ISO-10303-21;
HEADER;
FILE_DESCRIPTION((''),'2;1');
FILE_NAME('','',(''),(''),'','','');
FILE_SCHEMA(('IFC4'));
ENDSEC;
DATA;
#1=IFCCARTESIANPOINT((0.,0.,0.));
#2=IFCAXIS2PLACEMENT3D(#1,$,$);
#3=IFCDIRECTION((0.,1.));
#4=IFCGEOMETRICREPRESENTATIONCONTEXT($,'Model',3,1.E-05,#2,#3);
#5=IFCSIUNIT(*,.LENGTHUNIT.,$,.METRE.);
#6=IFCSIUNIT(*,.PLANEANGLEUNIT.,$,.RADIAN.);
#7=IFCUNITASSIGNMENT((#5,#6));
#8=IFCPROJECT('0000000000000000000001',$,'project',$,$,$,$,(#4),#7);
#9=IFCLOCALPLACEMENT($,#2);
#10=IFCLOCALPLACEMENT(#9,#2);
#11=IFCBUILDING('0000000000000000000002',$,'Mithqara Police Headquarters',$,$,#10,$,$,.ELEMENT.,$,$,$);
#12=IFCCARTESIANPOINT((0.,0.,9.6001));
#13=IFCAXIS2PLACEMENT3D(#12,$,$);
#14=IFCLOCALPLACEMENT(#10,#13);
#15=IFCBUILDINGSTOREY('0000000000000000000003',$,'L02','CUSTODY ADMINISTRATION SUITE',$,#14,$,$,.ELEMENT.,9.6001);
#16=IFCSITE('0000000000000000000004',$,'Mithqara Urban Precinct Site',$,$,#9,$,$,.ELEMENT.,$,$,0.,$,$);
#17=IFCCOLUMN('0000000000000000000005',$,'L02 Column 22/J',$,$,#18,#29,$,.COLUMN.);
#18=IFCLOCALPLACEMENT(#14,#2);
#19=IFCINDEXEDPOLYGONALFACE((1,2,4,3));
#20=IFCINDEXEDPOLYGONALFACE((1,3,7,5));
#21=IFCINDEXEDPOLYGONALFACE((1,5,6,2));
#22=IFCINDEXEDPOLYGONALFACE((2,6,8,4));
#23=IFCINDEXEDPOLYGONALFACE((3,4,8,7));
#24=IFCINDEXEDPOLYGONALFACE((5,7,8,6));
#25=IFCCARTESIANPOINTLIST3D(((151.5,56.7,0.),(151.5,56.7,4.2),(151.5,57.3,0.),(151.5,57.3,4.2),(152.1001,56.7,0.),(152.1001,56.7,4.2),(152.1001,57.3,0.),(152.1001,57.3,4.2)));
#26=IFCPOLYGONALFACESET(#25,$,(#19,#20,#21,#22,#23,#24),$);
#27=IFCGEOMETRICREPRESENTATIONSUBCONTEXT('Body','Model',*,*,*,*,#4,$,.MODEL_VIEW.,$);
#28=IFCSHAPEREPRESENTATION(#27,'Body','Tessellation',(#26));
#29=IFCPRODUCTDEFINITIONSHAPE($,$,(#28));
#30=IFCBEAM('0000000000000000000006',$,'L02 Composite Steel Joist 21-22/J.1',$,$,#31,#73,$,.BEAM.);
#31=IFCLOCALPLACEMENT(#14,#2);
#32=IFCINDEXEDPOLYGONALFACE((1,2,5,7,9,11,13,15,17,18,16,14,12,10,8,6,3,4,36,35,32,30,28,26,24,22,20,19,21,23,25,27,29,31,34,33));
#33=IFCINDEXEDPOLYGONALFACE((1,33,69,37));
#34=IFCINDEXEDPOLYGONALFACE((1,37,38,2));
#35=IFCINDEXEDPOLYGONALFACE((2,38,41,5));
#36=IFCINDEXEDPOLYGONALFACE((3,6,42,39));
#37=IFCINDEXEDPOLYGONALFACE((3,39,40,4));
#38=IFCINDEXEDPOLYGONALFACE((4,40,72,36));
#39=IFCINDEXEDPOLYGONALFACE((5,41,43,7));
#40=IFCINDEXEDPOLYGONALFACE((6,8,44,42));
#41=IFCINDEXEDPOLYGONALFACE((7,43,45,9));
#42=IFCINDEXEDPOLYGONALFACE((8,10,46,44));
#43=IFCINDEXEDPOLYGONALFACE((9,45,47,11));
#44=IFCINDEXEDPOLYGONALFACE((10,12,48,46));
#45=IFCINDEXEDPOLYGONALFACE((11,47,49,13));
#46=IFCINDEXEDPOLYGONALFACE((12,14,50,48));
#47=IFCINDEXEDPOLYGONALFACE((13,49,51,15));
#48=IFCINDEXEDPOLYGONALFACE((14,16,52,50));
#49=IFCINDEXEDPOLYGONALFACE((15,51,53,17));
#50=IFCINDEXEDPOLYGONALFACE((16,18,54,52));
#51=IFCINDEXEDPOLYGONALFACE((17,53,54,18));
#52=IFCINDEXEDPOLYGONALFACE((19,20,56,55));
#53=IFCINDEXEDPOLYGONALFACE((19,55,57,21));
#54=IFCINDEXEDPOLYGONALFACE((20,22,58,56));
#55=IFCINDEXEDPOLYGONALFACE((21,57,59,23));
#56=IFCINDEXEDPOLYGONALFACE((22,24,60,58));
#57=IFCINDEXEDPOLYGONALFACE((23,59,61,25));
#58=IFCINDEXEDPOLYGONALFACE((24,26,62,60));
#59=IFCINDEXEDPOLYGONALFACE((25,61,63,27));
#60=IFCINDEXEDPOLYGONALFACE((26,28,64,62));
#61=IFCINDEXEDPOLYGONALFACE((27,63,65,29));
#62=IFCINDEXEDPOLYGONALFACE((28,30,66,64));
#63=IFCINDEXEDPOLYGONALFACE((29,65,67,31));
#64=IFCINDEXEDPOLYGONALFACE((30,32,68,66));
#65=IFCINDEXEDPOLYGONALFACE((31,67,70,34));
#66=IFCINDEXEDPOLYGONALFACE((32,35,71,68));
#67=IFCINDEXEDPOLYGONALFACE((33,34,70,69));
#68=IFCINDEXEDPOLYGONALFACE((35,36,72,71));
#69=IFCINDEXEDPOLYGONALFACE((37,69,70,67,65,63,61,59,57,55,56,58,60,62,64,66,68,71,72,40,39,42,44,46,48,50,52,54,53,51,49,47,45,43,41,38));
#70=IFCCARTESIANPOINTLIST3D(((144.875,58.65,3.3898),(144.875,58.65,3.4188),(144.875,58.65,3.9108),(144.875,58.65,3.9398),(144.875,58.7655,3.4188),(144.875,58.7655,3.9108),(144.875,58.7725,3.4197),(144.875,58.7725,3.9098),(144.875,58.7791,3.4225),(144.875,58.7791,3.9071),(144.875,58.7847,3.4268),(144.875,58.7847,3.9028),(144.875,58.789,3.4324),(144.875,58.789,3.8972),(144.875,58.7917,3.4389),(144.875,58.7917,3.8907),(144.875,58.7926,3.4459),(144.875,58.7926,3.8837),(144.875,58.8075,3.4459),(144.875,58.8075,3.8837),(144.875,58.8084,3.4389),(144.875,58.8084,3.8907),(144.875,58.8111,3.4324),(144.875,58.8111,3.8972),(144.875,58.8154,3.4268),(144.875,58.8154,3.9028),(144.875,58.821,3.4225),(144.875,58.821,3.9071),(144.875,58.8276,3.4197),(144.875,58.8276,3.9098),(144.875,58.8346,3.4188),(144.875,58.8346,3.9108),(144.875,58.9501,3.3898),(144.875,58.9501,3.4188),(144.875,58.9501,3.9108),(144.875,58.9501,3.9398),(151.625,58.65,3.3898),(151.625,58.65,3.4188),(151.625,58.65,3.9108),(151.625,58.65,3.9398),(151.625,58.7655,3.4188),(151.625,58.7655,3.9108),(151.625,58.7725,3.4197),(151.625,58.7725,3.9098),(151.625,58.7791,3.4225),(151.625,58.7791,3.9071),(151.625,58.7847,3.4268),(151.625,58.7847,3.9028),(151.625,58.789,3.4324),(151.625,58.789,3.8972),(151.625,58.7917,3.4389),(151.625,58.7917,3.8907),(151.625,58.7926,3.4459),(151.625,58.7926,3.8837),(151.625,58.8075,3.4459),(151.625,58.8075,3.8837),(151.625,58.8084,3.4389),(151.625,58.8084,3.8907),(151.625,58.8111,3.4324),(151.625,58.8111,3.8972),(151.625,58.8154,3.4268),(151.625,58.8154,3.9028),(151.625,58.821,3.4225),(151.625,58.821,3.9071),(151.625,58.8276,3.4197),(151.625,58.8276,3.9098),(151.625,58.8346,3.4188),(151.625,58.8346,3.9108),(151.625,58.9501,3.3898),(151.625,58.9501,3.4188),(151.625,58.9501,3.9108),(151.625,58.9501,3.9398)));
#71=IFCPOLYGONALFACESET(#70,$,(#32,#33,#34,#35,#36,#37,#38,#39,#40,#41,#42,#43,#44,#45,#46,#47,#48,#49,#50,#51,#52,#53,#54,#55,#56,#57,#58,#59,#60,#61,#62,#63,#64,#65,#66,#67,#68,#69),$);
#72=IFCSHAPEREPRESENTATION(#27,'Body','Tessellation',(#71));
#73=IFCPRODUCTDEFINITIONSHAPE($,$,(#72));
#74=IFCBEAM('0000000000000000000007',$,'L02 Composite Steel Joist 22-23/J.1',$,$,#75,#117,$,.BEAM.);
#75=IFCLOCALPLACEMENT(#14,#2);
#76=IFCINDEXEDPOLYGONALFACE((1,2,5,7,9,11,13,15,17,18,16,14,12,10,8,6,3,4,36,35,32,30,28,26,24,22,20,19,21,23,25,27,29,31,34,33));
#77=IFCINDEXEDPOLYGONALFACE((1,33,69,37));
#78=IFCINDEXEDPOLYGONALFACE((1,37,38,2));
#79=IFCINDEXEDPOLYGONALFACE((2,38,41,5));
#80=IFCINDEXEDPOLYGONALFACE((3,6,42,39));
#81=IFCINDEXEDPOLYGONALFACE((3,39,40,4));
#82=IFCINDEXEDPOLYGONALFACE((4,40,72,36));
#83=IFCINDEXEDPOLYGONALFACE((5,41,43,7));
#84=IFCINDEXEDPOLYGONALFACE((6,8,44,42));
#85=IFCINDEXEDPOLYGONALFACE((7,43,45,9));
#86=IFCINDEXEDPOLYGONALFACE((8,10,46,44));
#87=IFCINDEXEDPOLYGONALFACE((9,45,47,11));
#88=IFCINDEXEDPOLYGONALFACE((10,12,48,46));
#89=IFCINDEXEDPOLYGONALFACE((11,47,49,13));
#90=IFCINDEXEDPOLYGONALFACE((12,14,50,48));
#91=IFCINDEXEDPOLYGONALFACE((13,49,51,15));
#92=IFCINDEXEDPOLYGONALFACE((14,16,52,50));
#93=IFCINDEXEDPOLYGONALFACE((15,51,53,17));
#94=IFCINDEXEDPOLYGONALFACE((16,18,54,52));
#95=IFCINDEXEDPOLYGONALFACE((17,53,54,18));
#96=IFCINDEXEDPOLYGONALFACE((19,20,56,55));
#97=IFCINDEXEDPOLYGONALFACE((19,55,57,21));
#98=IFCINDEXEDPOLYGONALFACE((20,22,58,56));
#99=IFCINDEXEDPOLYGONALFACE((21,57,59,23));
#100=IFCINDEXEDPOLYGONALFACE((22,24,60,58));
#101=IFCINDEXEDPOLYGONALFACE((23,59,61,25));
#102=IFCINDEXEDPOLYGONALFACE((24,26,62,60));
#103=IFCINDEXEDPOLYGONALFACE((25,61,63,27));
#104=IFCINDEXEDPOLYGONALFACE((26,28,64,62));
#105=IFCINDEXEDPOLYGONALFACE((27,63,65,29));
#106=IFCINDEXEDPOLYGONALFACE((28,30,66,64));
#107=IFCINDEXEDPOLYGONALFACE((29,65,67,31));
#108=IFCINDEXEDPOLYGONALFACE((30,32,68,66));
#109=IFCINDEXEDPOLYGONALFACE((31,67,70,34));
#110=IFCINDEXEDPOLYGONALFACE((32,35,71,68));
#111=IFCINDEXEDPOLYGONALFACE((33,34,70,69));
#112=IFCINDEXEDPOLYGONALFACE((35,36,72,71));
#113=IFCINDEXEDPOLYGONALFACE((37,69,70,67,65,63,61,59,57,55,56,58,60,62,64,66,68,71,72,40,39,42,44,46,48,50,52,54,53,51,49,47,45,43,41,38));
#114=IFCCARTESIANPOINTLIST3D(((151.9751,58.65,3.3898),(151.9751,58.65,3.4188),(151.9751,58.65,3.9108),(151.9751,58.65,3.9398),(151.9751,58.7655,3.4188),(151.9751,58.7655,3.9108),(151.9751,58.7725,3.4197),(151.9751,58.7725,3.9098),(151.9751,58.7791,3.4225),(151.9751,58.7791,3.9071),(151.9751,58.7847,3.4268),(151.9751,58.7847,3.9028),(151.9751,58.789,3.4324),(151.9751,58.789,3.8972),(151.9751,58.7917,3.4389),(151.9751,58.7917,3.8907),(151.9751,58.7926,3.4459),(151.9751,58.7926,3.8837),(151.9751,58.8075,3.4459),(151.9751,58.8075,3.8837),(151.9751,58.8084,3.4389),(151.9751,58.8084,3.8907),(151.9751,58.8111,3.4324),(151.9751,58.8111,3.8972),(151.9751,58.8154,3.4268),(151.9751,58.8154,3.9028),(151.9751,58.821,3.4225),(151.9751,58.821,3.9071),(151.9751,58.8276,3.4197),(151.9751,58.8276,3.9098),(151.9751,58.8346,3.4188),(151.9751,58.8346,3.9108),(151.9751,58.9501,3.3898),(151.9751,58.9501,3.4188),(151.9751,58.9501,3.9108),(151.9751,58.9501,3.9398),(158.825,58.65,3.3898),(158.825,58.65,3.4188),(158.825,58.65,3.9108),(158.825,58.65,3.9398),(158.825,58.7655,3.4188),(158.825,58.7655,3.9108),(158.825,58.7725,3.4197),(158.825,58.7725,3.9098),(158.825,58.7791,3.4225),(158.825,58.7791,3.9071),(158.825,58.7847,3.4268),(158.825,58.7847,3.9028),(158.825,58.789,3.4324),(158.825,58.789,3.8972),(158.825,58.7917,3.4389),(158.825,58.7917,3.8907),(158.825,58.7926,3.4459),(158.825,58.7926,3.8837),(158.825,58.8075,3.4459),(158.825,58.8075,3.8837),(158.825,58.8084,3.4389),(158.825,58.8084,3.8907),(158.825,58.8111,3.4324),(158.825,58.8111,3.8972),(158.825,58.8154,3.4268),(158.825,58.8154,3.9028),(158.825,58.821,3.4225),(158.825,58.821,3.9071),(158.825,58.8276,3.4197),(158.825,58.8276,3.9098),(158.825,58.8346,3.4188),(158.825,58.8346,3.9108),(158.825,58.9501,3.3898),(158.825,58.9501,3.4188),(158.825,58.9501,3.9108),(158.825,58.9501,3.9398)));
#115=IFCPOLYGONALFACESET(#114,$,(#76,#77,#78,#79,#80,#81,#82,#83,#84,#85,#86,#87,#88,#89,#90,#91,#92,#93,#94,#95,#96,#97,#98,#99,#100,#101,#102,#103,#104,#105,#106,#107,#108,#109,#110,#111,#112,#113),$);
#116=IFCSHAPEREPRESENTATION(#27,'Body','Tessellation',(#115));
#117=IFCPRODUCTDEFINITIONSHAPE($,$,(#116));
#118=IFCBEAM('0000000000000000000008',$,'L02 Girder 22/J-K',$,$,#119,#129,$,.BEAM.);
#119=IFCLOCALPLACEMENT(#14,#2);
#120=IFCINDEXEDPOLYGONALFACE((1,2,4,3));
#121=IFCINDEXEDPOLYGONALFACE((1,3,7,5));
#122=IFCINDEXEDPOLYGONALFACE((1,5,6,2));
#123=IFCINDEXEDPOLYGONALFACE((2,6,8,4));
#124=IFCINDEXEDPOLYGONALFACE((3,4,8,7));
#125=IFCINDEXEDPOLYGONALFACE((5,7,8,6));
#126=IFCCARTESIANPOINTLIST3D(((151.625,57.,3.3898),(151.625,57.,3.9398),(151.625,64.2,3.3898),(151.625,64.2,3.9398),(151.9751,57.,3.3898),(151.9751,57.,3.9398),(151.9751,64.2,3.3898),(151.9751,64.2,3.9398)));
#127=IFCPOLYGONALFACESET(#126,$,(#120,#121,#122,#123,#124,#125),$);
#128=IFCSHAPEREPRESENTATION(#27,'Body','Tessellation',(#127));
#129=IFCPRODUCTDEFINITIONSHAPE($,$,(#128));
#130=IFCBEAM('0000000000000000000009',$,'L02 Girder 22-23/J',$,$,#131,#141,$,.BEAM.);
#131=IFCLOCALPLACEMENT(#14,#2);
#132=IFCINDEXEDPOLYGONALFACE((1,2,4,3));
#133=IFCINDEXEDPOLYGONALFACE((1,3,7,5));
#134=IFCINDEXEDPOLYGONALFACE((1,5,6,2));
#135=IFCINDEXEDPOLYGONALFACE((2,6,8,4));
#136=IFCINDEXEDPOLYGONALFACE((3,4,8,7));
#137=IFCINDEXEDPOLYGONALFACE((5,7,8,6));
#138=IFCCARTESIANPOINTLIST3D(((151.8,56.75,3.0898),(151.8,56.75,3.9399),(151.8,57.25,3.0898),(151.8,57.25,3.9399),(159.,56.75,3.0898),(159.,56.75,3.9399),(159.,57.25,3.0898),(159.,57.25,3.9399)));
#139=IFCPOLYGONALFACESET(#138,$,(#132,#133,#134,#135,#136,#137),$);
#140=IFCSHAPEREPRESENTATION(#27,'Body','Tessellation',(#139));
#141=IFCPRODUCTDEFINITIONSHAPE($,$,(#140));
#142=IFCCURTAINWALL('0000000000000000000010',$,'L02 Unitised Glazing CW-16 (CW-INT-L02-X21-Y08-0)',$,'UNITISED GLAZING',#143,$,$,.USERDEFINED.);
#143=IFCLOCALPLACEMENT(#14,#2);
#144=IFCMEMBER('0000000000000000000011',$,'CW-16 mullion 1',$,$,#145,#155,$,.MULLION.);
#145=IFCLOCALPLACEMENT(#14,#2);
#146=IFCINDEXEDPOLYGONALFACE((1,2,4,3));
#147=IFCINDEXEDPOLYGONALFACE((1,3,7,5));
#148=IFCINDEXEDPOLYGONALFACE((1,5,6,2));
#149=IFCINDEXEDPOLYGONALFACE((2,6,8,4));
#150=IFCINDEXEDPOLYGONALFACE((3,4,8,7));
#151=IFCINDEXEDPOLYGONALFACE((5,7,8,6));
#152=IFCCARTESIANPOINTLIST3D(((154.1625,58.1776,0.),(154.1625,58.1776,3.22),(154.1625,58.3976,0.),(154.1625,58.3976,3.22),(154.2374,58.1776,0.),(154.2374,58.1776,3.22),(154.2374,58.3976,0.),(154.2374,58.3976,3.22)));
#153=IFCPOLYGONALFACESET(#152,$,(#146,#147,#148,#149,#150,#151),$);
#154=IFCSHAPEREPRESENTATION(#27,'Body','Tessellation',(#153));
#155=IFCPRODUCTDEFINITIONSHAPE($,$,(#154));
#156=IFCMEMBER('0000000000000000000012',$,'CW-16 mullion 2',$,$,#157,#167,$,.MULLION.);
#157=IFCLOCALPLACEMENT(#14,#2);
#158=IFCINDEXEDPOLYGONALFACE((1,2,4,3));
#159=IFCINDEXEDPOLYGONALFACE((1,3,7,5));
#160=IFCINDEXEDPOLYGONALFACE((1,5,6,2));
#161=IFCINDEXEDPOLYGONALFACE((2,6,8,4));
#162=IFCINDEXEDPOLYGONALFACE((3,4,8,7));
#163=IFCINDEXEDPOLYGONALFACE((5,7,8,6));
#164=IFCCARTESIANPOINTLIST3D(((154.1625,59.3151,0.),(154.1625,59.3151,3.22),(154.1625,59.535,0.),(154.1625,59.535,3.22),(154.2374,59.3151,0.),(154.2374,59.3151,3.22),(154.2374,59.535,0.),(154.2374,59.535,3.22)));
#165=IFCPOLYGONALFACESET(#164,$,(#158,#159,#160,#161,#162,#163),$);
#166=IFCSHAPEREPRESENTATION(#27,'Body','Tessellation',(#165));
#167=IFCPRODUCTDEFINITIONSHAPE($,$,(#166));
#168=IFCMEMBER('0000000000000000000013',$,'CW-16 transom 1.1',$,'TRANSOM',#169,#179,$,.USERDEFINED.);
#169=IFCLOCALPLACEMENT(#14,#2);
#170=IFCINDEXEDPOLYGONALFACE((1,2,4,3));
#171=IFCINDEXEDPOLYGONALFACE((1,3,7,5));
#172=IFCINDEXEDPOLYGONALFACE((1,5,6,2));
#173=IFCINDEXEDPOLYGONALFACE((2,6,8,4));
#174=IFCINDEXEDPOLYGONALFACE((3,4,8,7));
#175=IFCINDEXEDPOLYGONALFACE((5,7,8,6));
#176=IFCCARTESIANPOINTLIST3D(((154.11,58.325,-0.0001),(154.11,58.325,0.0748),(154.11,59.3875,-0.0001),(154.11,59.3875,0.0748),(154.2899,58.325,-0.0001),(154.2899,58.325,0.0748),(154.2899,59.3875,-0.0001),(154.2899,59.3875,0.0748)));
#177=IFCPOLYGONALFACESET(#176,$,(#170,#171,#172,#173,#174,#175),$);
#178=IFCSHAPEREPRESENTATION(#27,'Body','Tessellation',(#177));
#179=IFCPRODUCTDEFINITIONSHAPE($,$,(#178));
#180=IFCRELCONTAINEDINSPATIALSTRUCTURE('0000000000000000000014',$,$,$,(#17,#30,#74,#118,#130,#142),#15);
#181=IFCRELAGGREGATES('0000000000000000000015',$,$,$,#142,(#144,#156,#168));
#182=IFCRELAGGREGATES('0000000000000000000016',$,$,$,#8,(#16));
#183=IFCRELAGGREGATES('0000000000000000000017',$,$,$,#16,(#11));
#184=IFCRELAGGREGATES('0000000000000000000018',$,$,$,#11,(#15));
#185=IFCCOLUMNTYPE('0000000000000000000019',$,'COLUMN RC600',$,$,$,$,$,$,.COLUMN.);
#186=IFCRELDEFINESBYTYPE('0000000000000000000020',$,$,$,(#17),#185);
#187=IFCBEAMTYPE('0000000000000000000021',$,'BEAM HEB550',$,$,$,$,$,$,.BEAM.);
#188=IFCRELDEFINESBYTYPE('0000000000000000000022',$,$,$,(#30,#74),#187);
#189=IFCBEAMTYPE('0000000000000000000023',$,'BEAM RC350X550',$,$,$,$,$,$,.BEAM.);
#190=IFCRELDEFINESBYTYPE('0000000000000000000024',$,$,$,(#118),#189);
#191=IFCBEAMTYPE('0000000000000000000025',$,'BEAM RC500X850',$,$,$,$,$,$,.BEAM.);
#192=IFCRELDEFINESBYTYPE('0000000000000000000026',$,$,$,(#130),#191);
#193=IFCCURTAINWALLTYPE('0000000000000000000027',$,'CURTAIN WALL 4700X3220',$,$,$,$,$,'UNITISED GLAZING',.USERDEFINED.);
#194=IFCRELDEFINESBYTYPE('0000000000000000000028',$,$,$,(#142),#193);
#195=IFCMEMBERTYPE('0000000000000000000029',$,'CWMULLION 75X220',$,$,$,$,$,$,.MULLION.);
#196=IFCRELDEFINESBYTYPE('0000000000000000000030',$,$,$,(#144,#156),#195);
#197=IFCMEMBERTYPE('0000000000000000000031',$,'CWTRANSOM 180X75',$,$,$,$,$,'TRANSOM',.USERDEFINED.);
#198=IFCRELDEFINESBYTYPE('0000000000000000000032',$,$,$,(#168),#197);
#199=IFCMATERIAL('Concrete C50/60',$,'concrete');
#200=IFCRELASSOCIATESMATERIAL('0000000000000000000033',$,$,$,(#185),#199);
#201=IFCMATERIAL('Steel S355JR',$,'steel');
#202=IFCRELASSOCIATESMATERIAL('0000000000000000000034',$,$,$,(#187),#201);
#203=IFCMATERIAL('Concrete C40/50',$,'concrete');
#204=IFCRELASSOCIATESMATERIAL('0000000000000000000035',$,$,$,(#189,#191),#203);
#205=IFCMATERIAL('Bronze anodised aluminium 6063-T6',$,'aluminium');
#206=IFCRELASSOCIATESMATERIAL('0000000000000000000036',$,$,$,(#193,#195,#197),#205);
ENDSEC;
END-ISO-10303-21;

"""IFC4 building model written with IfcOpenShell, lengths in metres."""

from ifc_helpers import new_model, si_unit, direction, frame, origin, origin_2d, place, context, subcontext, project, spatial, rectangle, i_section, extrude, material, material_profile, profile_set, type_object, element, aggregate, save


model = new_model("IFC4")

# Units and contexts
model_context = context("Model", 3, precision=1e-05, world=origin(), true_north=direction((0.0, 1.0)))
body_context = subcontext(model_context, "Body", "Model", "MODEL_VIEW")
ifc_project = project(units=[si_unit("LENGTHUNIT", "METRE"), si_unit("PLANEANGLEUNIT", "RADIAN")], contexts=[model_context])

# Site, building, storey
site_placement = place(None, origin())
site = spatial("IfcSite", under=ifc_project, at=site_placement, Name="Mithqara Urban Precinct Site", CompositionType="ELEMENT", RefElevation=0.0)
building_placement = place(site_placement, origin())
building = spatial("IfcBuilding", under=site, at=building_placement, Name="Mithqara Police Headquarters", CompositionType="ELEMENT")
storey_placement = place(building_placement, frame((0.0, 0.0, 9.6001)))
storey = spatial("IfcBuildingStorey", under=building, at=storey_placement, Name="L02", Description="CUSTODY ADMINISTRATION SUITE", CompositionType="ELEMENT", Elevation=9.6001)

# Column
ifc_material_1 = material(Name="Concrete C50/60", Category="concrete")
ifc_material_profile_1 = material_profile(ifc_material_1, rectangle(XDim=0.6001, YDim=0.6001, at=origin_2d()), Name="RC 600x600")
ifc_profile_set_1 = profile_set([ifc_material_profile_1], Name="Concrete C50/60")
column_type = type_object("IfcColumnType", Name="COLUMN RC600", PredefinedType="COLUMN", material=ifc_profile_set_1)
column_placement = place(storey_placement, frame((151.8, 57.0, 0.0), z_axis=(0.0, 0.0, 1.0), x_axis=(1.0, 0.0, 0.0)))
element("IfcColumn", 1, at=column_placement, inside=storey, type_object=column_type, Name="L02 Column 22/J", PredefinedType="COLUMN", context=body_context, shape_type="SweptSolid", body=[
    extrude(rectangle(XDim=0.6001, YDim=0.6001, at=origin_2d()), origin(), (0.0, 0.0, 1.0), 4.2),
])

# Beams
ifc_material_2 = material(Name="Steel S355JR", Category="steel")
ifc_material_profile_2 = material_profile(ifc_material_2, i_section(OverallWidth=0.3, OverallDepth=0.55, WebThickness=0.0149, FlangeThickness=0.0291, FilletRadius=0.0271, at=origin_2d()), Name="HEB 550")
ifc_profile_set_2 = profile_set([ifc_material_profile_2], Name="Steel S355JR")
beam_type_1 = type_object("IfcBeamType", Name="BEAM HEB550", PredefinedType="BEAM", material=ifc_profile_set_2)
beam_1_placement = place(storey_placement, frame((144.875, 58.8, 3.6648), z_axis=(1.0, 0.0, 0.0), x_axis=(0.0, 1.0, 0.0)))
element("IfcBeam", 2, at=beam_1_placement, inside=storey, type_object=beam_type_1, Name="L02 Composite Steel Joist 21-22/J.1", PredefinedType="BEAM", context=body_context, shape_type="SweptSolid", body=[
    extrude(i_section(OverallWidth=0.3, OverallDepth=0.55, WebThickness=0.0149, FlangeThickness=0.0291, FilletRadius=0.0271, at=origin_2d()), origin(), (0.0, 0.0, 1.0), 6.75),
])
beam_2_placement = place(storey_placement, frame((151.9751, 58.8, 3.6648), z_axis=(1.0, 0.0, 0.0), x_axis=(0.0, 1.0, 0.0)))
element("IfcBeam", 3, at=beam_2_placement, inside=storey, type_object=beam_type_1, Name="L02 Composite Steel Joist 22-23/J.1", PredefinedType="BEAM", context=body_context, shape_type="SweptSolid", body=[
    extrude(i_section(OverallWidth=0.3, OverallDepth=0.55, WebThickness=0.0149, FlangeThickness=0.0291, FilletRadius=0.0271, at=origin_2d()), origin(), (0.0, 0.0, 1.0), 6.8499),
])
ifc_material_3 = material(Name="Concrete C40/50", Category="concrete")
ifc_material_profile_3 = material_profile(ifc_material_3, rectangle(XDim=0.3501, YDim=0.55, at=origin_2d()), Name="RC 350x550")
ifc_profile_set_3 = profile_set([ifc_material_profile_3], Name="Concrete C40/50")
beam_type_2 = type_object("IfcBeamType", Name="BEAM RC350X550", PredefinedType="BEAM", material=ifc_profile_set_3)
beam_3_placement = place(storey_placement, frame((151.8, 57.0, 3.6648), z_axis=(0.0, 1.0, 0.0), x_axis=(-1.0, 0.0, 0.0)))
element("IfcBeam", 4, at=beam_3_placement, inside=storey, type_object=beam_type_2, Name="L02 Girder 22/J-K", PredefinedType="BEAM", context=body_context, shape_type="SweptSolid", body=[
    extrude(rectangle(XDim=0.3501, YDim=0.55, at=origin_2d()), origin(), (0.0, 0.0, 1.0), 7.2),
])
ifc_material_profile_4 = material_profile(ifc_material_3, rectangle(XDim=0.5, YDim=0.8501, at=origin_2d()), Name="RC 500x850")
ifc_profile_set_4 = profile_set([ifc_material_profile_4], Name="Concrete C40/50")
beam_type_3 = type_object("IfcBeamType", Name="BEAM RC500X850", PredefinedType="BEAM", material=ifc_profile_set_4)
beam_4_placement = place(storey_placement, frame((151.8, 57.0, 3.5149), z_axis=(1.0, 0.0, 0.0), x_axis=(0.0, 1.0, 0.0)))
element("IfcBeam", 5, at=beam_4_placement, inside=storey, type_object=beam_type_3, Name="L02 Girder 22-23/J", PredefinedType="BEAM", context=body_context, shape_type="SweptSolid", body=[
    extrude(rectangle(XDim=0.5, YDim=0.8501, at=origin_2d()), origin(), (0.0, 0.0, 1.0), 7.2),
])

# Curtain wall, members
ifc_material_4 = material(Name="Bronze anodised aluminium 6063-T6", Category="aluminium")
curtain_wall_type = type_object("IfcCurtainWallType", Name="CURTAIN WALL 4700X3220", ElementType="UNITISED GLAZING", PredefinedType="USERDEFINED", material=ifc_material_4)
curtain_wall_placement = place(storey_placement, origin())
curtain_wall = element("IfcCurtainWall", 6, at=curtain_wall_placement, inside=storey, type_object=curtain_wall_type, Name="L02 Unitised Glazing CW-16 (CW-INT-L02-X21-Y08-0)", ObjectType="UNITISED GLAZING", PredefinedType="USERDEFINED")
ifc_material_profile_5 = material_profile(ifc_material_4, rectangle(XDim=0.075, YDim=0.22, at=origin_2d()), Name="CWM 75x220")
ifc_profile_set_5 = profile_set([ifc_material_profile_5], Name="Bronze anodised aluminium 6063-T6")
member_type_1 = type_object("IfcMemberType", Name="CWMULLION 75X220", PredefinedType="MULLION", material=ifc_profile_set_5)
member_1_placement = place(storey_placement, frame((154.2, 58.2876, 0.0), z_axis=(0.0, 0.0, 1.0), x_axis=(-1.0, 0.0, 0.0)))
member_1 = element("IfcMember", 7, at=member_1_placement, type_object=member_type_1, Name="CW-16 mullion 1", PredefinedType="MULLION", context=body_context, shape_type="SweptSolid", body=[
    extrude(rectangle(XDim=0.075, YDim=0.22, at=origin_2d()), origin(), (0.0, 0.0, 1.0), 3.22),
])
member_2_placement = place(storey_placement, frame((154.2, 59.425, 0.0), z_axis=(0.0, 0.0, 1.0), x_axis=(-1.0, 0.0, 0.0)))
member_2 = element("IfcMember", 8, at=member_2_placement, type_object=member_type_1, Name="CW-16 mullion 2", PredefinedType="MULLION", context=body_context, shape_type="SweptSolid", body=[
    extrude(rectangle(XDim=0.075, YDim=0.22, at=origin_2d()), origin(), (0.0, 0.0, 1.0), 3.22),
])
ifc_material_profile_6 = material_profile(ifc_material_4, rectangle(XDim=0.1799, YDim=0.075, at=origin_2d()), Name="CWT 180x75")
ifc_profile_set_6 = profile_set([ifc_material_profile_6], Name="Bronze anodised aluminium 6063-T6")
member_type_2 = type_object("IfcMemberType", Name="CWTRANSOM 180X75", ElementType="TRANSOM", PredefinedType="USERDEFINED", material=ifc_profile_set_6)
member_3_placement = place(storey_placement, frame((154.2, 58.325, 0.0374), z_axis=(0.0, 1.0, 0.0), x_axis=(-1.0, 0.0, 0.0)))
member_3 = element("IfcMember", 9, at=member_3_placement, type_object=member_type_2, Name="CW-16 transom 1.1", ObjectType="TRANSOM", PredefinedType="USERDEFINED", context=body_context, shape_type="SweptSolid", body=[
    extrude(rectangle(XDim=0.1799, YDim=0.075, at=origin_2d()), origin(), (0.0, 0.0, 1.0), 1.0625),
])
aggregate(curtain_wall, [member_1, member_2, member_3])

save(model, "model.ifc")
